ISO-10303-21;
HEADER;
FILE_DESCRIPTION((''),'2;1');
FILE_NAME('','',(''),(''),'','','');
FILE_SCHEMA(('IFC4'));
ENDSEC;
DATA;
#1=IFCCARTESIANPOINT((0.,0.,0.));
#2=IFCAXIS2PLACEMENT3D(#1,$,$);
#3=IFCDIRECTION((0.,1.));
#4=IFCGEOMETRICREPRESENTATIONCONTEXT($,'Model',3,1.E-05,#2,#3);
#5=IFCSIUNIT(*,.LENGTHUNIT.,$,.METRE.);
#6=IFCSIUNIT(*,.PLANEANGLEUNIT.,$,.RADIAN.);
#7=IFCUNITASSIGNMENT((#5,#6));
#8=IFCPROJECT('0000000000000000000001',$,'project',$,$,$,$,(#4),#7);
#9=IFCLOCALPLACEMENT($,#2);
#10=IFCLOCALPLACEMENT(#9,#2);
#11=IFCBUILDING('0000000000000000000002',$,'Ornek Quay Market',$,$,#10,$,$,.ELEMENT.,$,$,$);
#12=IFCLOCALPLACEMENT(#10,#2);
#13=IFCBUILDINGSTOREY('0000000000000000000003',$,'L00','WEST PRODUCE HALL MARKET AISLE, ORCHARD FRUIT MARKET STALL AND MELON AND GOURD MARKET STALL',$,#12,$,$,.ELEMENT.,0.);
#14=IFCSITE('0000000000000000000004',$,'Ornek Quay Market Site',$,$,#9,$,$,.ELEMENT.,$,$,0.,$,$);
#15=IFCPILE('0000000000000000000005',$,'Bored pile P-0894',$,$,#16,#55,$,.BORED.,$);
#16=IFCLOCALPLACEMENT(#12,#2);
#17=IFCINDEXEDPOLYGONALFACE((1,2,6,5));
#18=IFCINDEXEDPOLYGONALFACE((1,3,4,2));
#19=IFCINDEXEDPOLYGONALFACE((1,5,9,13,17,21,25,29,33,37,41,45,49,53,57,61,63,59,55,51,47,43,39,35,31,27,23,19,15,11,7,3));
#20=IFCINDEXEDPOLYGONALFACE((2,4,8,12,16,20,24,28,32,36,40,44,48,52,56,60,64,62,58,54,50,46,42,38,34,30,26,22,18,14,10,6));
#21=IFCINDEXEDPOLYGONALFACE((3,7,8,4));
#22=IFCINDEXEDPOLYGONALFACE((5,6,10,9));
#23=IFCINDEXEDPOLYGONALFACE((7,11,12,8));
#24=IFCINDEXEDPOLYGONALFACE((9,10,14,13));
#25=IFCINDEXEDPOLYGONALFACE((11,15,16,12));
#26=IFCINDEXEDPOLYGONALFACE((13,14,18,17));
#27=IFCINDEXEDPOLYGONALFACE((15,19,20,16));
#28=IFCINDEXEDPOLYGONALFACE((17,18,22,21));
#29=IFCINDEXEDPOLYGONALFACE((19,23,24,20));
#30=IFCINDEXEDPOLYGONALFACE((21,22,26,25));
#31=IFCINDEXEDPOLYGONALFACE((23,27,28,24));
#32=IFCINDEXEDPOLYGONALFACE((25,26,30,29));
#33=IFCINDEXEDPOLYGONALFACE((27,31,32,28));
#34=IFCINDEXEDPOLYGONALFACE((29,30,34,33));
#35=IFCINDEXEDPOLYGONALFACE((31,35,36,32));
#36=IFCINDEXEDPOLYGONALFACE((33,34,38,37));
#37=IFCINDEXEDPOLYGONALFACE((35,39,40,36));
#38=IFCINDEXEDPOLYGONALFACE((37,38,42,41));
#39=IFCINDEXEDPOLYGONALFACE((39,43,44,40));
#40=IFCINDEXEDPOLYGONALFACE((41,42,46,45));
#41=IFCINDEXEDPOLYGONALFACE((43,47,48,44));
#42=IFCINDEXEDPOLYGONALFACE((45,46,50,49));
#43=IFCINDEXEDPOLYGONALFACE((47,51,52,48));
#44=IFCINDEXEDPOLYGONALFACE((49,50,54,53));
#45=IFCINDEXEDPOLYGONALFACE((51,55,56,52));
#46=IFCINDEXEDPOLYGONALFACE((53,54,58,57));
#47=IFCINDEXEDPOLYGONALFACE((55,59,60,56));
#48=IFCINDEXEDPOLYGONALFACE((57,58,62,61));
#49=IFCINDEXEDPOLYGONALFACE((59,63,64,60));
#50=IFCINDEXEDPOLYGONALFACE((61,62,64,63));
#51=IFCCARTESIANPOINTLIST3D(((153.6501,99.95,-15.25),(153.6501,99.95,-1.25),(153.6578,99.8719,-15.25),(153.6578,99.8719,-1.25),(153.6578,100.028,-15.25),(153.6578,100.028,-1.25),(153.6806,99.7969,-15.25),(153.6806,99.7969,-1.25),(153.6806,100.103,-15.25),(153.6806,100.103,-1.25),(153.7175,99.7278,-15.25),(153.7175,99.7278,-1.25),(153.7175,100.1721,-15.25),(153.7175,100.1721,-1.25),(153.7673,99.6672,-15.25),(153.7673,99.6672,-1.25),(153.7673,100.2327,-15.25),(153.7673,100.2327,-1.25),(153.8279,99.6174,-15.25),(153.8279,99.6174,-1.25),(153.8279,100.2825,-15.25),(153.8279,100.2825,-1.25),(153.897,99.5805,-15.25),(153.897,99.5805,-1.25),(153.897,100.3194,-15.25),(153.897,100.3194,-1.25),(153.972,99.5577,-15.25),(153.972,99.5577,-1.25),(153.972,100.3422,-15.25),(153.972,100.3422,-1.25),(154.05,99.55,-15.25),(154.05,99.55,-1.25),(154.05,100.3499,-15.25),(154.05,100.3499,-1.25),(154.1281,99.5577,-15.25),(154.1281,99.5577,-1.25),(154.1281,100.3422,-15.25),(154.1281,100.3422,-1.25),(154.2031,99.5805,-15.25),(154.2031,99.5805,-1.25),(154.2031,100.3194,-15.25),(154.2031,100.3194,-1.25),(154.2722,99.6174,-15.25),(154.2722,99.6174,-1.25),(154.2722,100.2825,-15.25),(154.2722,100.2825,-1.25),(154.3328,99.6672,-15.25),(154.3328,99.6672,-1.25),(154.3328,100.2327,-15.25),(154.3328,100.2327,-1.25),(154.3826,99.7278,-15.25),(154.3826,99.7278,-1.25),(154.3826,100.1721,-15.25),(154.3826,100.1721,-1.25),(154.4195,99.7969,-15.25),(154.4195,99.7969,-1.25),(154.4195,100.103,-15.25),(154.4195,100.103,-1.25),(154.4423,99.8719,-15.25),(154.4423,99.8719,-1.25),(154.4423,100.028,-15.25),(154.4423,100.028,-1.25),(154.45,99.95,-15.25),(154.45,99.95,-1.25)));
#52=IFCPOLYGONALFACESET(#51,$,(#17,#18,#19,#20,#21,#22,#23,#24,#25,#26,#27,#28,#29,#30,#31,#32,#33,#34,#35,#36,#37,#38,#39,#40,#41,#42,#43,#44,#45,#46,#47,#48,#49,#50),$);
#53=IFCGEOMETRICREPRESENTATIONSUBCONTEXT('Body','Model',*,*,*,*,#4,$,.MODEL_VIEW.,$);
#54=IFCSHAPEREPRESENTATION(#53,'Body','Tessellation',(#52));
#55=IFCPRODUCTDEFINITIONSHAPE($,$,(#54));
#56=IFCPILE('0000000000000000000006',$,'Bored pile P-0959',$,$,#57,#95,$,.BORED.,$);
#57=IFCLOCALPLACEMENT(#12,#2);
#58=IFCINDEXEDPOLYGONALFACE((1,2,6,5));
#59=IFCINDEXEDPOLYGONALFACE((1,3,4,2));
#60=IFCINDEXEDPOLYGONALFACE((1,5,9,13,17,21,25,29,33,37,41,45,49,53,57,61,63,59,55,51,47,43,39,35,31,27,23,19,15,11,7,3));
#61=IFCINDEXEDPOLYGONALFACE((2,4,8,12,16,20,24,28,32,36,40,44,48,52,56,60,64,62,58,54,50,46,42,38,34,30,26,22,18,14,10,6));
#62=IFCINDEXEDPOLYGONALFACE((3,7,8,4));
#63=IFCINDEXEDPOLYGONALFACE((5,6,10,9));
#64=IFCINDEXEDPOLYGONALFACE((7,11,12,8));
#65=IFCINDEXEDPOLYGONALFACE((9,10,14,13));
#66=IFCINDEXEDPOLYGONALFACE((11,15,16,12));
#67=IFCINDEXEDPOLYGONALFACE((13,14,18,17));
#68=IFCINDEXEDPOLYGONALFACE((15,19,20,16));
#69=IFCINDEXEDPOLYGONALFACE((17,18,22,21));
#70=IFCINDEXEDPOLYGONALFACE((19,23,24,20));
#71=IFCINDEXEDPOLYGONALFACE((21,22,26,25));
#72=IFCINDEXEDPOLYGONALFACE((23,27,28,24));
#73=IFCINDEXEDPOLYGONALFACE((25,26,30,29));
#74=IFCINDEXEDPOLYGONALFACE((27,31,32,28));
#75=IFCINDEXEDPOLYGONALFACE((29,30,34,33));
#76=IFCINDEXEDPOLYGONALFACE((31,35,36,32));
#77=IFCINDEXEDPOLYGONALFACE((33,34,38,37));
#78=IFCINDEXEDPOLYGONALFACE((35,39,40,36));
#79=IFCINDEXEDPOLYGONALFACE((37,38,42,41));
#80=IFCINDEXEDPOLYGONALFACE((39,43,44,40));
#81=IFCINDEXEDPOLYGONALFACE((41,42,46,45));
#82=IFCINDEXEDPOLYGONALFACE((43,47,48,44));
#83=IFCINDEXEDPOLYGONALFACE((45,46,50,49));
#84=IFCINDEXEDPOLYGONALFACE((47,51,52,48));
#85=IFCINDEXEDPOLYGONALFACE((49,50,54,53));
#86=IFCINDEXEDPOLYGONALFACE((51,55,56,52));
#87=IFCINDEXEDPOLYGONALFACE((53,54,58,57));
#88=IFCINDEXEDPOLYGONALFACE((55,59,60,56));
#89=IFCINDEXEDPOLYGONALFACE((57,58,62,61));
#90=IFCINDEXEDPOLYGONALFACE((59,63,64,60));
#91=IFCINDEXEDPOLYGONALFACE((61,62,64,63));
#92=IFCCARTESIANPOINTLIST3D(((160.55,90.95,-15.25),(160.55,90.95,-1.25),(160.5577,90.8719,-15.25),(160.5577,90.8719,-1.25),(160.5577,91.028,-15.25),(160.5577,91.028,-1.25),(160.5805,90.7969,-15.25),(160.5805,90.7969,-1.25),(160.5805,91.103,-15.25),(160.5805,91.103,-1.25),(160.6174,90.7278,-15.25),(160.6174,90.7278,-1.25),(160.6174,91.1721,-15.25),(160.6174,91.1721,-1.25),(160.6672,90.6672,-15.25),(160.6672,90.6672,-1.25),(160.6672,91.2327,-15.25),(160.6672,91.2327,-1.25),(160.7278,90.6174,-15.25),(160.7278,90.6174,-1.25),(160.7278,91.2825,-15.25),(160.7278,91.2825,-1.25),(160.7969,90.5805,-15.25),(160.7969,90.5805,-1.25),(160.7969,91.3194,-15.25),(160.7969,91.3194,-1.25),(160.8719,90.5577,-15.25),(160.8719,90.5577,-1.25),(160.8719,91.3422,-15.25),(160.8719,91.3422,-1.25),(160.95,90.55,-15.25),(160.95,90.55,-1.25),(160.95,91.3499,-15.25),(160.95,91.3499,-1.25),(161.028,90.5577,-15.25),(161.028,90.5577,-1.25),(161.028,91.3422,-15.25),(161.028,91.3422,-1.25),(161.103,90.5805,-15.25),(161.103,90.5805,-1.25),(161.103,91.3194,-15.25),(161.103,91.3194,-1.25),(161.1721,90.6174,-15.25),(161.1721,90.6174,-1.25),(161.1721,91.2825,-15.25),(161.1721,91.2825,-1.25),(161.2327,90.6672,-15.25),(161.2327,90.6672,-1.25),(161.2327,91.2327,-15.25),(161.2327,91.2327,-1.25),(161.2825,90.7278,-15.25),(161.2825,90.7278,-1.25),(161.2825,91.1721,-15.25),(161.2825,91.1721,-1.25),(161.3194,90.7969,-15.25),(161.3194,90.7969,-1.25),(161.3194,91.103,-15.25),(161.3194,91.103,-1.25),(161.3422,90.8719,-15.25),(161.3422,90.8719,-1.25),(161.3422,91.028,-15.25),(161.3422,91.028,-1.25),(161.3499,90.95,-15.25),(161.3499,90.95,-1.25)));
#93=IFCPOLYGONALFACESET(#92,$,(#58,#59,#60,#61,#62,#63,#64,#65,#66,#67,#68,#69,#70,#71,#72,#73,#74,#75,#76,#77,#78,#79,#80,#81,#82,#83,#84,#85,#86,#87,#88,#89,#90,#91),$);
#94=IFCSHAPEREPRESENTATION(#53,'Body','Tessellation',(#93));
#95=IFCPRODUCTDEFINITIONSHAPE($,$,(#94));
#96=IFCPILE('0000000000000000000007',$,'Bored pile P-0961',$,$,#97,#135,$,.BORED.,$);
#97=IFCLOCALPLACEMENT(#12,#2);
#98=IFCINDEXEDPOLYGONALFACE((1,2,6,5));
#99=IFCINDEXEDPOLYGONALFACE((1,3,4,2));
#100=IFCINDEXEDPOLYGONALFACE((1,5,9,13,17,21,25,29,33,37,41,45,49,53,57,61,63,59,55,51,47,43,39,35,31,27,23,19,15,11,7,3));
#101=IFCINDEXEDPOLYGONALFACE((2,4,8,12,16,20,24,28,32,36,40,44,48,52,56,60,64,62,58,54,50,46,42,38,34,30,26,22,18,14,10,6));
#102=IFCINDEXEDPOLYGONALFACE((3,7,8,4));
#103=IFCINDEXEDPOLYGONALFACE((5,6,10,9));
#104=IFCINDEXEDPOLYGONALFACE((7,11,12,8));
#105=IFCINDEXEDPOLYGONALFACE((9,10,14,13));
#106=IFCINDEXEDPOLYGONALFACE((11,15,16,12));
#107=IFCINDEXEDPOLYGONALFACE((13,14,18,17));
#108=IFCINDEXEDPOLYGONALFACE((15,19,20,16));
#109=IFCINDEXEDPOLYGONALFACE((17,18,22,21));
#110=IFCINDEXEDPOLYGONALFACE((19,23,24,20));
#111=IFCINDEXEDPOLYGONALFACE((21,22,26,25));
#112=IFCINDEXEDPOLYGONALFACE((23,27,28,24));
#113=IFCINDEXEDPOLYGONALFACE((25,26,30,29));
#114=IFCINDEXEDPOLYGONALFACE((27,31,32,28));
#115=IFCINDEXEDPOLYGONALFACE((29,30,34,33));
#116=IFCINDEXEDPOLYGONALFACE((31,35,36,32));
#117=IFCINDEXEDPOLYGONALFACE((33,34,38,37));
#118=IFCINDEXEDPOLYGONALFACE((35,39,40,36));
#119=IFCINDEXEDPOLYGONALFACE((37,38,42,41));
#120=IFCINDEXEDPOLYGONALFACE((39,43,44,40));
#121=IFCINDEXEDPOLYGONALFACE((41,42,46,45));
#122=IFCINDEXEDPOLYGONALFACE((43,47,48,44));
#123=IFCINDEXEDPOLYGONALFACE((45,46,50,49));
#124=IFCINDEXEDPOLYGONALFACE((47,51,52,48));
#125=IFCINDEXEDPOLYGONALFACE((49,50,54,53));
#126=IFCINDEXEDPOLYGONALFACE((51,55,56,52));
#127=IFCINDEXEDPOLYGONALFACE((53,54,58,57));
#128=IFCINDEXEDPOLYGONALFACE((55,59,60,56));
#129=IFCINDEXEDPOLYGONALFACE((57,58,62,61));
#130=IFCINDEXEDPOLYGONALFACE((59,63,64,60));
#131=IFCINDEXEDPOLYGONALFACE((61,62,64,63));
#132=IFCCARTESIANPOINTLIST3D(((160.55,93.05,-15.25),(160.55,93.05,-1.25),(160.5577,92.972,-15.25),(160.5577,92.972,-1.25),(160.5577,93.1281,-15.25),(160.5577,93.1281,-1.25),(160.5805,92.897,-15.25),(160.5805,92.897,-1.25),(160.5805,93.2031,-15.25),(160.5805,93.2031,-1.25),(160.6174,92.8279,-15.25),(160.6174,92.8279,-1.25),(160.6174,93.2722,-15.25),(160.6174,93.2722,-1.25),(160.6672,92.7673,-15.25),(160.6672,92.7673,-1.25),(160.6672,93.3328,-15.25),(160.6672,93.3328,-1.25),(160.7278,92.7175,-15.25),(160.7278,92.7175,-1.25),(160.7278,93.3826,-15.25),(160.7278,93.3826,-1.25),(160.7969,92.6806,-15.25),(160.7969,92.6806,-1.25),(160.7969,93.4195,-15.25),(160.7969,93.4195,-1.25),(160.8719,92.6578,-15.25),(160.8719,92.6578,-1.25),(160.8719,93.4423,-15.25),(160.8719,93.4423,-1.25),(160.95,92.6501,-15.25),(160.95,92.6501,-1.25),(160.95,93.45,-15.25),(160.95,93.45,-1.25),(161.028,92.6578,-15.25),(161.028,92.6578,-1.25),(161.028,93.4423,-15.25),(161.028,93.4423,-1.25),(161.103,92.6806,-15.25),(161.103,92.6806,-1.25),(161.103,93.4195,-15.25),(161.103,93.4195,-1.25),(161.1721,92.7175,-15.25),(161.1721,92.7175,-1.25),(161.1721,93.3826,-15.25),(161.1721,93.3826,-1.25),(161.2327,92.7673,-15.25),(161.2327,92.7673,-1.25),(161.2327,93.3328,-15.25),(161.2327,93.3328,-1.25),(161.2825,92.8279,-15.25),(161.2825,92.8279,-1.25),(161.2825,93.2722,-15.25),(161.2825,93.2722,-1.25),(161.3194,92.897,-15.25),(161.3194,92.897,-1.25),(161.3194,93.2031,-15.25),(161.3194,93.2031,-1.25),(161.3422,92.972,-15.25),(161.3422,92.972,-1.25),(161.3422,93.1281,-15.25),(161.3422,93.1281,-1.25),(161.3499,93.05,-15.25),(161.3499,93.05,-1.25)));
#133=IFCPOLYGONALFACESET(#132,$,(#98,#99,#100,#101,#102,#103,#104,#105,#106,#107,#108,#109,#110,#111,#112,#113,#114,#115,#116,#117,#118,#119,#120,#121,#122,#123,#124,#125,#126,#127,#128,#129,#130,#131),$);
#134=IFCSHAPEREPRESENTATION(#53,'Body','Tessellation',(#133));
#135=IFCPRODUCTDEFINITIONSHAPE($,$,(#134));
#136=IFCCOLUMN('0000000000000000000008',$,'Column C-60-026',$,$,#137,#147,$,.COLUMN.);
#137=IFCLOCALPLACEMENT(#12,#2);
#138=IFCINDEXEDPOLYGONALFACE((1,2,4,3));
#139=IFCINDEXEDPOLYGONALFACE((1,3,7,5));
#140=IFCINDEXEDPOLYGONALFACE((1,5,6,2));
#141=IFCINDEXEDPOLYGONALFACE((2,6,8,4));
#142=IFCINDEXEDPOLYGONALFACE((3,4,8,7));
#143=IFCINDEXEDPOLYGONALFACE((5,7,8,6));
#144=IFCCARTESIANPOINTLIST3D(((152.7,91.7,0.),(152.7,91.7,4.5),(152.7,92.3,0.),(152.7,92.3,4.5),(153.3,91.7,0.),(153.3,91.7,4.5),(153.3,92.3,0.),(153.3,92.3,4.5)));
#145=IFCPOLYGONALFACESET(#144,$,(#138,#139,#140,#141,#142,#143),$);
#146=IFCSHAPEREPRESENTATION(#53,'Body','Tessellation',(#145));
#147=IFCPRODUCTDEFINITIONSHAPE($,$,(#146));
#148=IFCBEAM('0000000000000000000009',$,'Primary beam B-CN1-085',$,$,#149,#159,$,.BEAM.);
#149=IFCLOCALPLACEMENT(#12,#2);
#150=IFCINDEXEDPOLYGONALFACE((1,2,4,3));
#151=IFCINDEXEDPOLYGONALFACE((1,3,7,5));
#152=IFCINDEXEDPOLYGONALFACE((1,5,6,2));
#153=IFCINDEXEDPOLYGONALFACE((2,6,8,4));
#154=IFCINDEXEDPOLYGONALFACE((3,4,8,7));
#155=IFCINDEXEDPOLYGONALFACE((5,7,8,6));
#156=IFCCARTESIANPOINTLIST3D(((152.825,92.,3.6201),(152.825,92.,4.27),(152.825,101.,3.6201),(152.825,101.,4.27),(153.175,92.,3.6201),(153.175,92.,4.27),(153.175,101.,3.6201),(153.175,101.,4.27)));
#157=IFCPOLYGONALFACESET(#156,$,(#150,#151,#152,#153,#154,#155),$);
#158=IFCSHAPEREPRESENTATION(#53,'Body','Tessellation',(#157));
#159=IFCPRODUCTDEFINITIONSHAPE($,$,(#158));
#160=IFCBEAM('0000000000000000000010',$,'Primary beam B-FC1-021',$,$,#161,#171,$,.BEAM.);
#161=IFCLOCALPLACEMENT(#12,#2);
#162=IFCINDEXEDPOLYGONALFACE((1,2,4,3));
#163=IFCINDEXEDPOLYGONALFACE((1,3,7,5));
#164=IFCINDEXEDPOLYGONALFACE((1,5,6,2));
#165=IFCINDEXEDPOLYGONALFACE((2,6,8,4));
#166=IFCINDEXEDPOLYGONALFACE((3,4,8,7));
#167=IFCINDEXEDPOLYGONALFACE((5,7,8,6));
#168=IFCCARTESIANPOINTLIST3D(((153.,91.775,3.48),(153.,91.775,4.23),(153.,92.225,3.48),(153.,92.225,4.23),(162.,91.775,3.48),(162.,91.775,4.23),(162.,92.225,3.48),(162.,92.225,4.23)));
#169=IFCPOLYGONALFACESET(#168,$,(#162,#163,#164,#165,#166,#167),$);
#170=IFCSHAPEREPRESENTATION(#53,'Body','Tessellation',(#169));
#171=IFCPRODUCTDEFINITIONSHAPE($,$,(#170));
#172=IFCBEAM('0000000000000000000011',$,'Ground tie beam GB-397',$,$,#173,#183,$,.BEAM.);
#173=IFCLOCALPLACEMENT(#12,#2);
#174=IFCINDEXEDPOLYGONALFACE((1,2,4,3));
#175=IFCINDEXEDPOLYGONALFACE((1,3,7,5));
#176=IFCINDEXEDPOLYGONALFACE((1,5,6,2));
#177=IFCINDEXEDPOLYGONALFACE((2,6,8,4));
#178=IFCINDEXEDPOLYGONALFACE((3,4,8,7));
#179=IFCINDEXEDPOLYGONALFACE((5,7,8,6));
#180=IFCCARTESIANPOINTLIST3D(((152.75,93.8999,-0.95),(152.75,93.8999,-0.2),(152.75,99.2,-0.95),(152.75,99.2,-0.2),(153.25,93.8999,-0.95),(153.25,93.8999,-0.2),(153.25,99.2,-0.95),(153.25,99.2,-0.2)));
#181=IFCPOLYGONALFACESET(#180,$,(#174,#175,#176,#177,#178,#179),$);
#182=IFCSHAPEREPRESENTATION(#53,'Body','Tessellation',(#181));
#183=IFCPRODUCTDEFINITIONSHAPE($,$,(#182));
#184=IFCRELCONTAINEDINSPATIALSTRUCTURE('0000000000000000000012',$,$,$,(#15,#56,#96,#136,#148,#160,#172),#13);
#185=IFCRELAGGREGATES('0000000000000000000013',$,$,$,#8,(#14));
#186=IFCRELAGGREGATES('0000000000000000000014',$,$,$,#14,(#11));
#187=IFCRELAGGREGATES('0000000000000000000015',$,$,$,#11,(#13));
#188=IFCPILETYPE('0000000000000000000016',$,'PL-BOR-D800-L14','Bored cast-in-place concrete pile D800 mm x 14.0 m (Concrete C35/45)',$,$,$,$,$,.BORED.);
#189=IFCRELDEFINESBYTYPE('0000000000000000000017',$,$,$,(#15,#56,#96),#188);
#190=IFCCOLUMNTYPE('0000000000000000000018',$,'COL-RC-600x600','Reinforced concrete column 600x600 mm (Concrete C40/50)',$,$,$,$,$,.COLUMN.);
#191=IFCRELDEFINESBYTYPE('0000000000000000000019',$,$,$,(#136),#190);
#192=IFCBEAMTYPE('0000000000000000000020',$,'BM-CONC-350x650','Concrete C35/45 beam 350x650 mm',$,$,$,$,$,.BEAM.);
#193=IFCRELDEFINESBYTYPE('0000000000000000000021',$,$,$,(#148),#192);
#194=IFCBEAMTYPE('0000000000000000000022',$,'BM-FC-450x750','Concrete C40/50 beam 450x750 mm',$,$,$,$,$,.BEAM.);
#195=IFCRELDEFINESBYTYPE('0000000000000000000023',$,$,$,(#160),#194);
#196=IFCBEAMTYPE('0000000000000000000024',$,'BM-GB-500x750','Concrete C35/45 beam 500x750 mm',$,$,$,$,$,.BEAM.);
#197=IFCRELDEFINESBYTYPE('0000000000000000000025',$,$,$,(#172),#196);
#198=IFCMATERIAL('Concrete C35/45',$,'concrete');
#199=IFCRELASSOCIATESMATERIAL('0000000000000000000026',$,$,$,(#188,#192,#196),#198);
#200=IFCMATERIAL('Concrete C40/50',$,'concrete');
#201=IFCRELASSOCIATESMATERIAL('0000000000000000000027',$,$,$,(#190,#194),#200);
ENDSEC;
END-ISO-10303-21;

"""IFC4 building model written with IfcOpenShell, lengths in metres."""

from ifc_helpers import new_model, si_unit, direction, frame, origin, origin_2d, place, context, subcontext, project, spatial, rectangle, circle, extrude, material, material_profile, profile_set, type_object, element, save


model = new_model("IFC4")

# Units and contexts
model_context = context("Model", 3, precision=1e-05, world=origin(), true_north=direction((0.0, 1.0)))
body_context = subcontext(model_context, "Body", "Model", "MODEL_VIEW")
ifc_project = project(units=[si_unit("LENGTHUNIT", "METRE"), si_unit("PLANEANGLEUNIT", "RADIAN")], contexts=[model_context])

# Site, building, storey
site_placement = place(None, origin())
site = spatial("IfcSite", under=ifc_project, at=site_placement, Name="Ornek Quay Market Site", CompositionType="ELEMENT", RefElevation=0.0)
building_placement = place(site_placement, origin())
building = spatial("IfcBuilding", under=site, at=building_placement, Name="Ornek Quay Market", CompositionType="ELEMENT")
storey_placement = place(building_placement, origin())
storey = spatial("IfcBuildingStorey", under=building, at=storey_placement, Name="L00", Description="WEST PRODUCE HALL MARKET AISLE, ORCHARD FRUIT MARKET STALL AND MELON AND GOURD MARKET STALL", CompositionType="ELEMENT", Elevation=0.0)

# Piles
ifc_material_1 = material(Name="Concrete C35/45", Category="concrete")
ifc_material_profile_1 = material_profile(ifc_material_1, circle(Radius=0.3999, at=origin_2d()), Name="PILE D800", Category="concrete")
ifc_profile_set_1 = profile_set([ifc_material_profile_1], Name="Concrete C35/45")
pile_type = type_object("IfcPileType", Name="PL-BOR-D800-L14", Description="Bored cast-in-place concrete pile D800 mm x 14.0 m (Concrete C35/45)", PredefinedType="BORED", material=ifc_profile_set_1)
for number, where, z_axis, x_axis, name in (
    (1, (154.05, 99.95, -1.25), (0.0, 0.0, -1.0), (1.0, 0.0, 0.0), "Bored pile P-0894"),
    (2, (160.95, 90.95, -1.25), (0.0, 0.0, -1.0), (1.0, 0.0, 0.0), "Bored pile P-0959"),
    (3, (160.95, 93.05, -1.25), (0.0, 0.0, -1.0), (1.0, 0.0, 0.0), "Bored pile P-0961"),
):
    element("IfcPile", number, at=place(storey_placement, frame(where, z_axis=z_axis, x_axis=x_axis)), inside=storey, type_object=pile_type, Name=name, PredefinedType="BORED", context=body_context, shape_type="SweptSolid", body=[
        extrude(circle(Radius=0.3999, at=origin_2d()), origin(), (0.0, 0.0, 1.0), 14.0),
    ])

# Column
ifc_material_2 = material(Name="Concrete C40/50", Category="concrete")
ifc_material_profile_2 = material_profile(ifc_material_2, rectangle(XDim=0.6001, YDim=0.6001, at=origin_2d()), Name="RC 600x600", Category="concrete")
ifc_profile_set_2 = profile_set([ifc_material_profile_2], Name="Concrete C40/50")
column_type = type_object("IfcColumnType", Name="COL-RC-600x600", Description="Reinforced concrete column 600x600 mm (Concrete C40/50)", PredefinedType="COLUMN", material=ifc_profile_set_2)
column_placement = place(storey_placement, frame((153.0, 92.0, 0.0), z_axis=(0.0, 0.0, 1.0), x_axis=(1.0, 0.0, 0.0)))
element("IfcColumn", 4, at=column_placement, inside=storey, type_object=column_type, Name="Column C-60-026", PredefinedType="COLUMN", context=body_context, shape_type="SweptSolid", body=[
    extrude(rectangle(XDim=0.6001, YDim=0.6001, at=origin_2d()), origin(), (0.0, 0.0, 1.0), 4.5),
])

# Beams
ifc_material_profile_3 = material_profile(ifc_material_1, rectangle(XDim=0.3501, YDim=0.6499, at=origin_2d()), Name="RC 350x650", Category="concrete")
ifc_profile_set_3 = profile_set([ifc_material_profile_3], Name="Concrete C35/45")
beam_type_1 = type_object("IfcBeamType", Name="BM-CONC-350x650", Description="Concrete C35/45 beam 350x650 mm", PredefinedType="BEAM", material=ifc_profile_set_3)
beam_1_placement = place(storey_placement, frame((153.0, 92.0, 3.9451), z_axis=(0.0, 1.0, 0.0), x_axis=(-1.0, 0.0, 0.0)))
element("IfcBeam", 5, at=beam_1_placement, inside=storey, type_object=beam_type_1, Name="Primary beam B-CN1-085", PredefinedType="BEAM", context=body_context, shape_type="SweptSolid", body=[
    extrude(rectangle(XDim=0.3501, YDim=0.6499, at=origin_2d()), origin(), (0.0, 0.0, 1.0), 9.0),
])
ifc_material_profile_4 = material_profile(ifc_material_2, rectangle(XDim=0.45, YDim=0.75, at=origin_2d()), Name="RC 450x750", Category="concrete")
ifc_profile_set_4 = profile_set([ifc_material_profile_4], Name="Concrete C40/50")
beam_type_2 = type_object("IfcBeamType", Name="BM-FC-450x750", Description="Concrete C40/50 beam 450x750 mm", PredefinedType="BEAM", material=ifc_profile_set_4)
beam_2_placement = place(storey_placement, frame((153.0, 92.0, 3.855), z_axis=(1.0, 0.0, 0.0), x_axis=(0.0, 1.0, 0.0)))
element("IfcBeam", 6, at=beam_2_placement, inside=storey, type_object=beam_type_2, Name="Primary beam B-FC1-021", PredefinedType="BEAM", context=body_context, shape_type="SweptSolid", body=[
    extrude(rectangle(XDim=0.45, YDim=0.75, at=origin_2d()), origin(), (0.0, 0.0, 1.0), 9.0),
])
ifc_material_profile_5 = material_profile(ifc_material_1, rectangle(XDim=0.5, YDim=0.75, at=origin_2d()), Name="RC 500x750", Category="concrete")
ifc_profile_set_5 = profile_set([ifc_material_profile_5], Name="Concrete C35/45")
beam_type_3 = type_object("IfcBeamType", Name="BM-GB-500x750", Description="Concrete C35/45 beam 500x750 mm", PredefinedType="BEAM", material=ifc_profile_set_5)
beam_3_placement = place(storey_placement, frame((153.0, 93.8999, -0.575), z_axis=(0.0, 1.0, 0.0), x_axis=(-1.0, 0.0, 0.0)))
element("IfcBeam", 7, at=beam_3_placement, inside=storey, type_object=beam_type_3, Name="Ground tie beam GB-397", PredefinedType="BEAM", context=body_context, shape_type="SweptSolid", body=[
    extrude(rectangle(XDim=0.5, YDim=0.75, at=origin_2d()), origin(), (0.0, 0.0, 1.0), 5.3),
])

save(model, "model.ifc")
